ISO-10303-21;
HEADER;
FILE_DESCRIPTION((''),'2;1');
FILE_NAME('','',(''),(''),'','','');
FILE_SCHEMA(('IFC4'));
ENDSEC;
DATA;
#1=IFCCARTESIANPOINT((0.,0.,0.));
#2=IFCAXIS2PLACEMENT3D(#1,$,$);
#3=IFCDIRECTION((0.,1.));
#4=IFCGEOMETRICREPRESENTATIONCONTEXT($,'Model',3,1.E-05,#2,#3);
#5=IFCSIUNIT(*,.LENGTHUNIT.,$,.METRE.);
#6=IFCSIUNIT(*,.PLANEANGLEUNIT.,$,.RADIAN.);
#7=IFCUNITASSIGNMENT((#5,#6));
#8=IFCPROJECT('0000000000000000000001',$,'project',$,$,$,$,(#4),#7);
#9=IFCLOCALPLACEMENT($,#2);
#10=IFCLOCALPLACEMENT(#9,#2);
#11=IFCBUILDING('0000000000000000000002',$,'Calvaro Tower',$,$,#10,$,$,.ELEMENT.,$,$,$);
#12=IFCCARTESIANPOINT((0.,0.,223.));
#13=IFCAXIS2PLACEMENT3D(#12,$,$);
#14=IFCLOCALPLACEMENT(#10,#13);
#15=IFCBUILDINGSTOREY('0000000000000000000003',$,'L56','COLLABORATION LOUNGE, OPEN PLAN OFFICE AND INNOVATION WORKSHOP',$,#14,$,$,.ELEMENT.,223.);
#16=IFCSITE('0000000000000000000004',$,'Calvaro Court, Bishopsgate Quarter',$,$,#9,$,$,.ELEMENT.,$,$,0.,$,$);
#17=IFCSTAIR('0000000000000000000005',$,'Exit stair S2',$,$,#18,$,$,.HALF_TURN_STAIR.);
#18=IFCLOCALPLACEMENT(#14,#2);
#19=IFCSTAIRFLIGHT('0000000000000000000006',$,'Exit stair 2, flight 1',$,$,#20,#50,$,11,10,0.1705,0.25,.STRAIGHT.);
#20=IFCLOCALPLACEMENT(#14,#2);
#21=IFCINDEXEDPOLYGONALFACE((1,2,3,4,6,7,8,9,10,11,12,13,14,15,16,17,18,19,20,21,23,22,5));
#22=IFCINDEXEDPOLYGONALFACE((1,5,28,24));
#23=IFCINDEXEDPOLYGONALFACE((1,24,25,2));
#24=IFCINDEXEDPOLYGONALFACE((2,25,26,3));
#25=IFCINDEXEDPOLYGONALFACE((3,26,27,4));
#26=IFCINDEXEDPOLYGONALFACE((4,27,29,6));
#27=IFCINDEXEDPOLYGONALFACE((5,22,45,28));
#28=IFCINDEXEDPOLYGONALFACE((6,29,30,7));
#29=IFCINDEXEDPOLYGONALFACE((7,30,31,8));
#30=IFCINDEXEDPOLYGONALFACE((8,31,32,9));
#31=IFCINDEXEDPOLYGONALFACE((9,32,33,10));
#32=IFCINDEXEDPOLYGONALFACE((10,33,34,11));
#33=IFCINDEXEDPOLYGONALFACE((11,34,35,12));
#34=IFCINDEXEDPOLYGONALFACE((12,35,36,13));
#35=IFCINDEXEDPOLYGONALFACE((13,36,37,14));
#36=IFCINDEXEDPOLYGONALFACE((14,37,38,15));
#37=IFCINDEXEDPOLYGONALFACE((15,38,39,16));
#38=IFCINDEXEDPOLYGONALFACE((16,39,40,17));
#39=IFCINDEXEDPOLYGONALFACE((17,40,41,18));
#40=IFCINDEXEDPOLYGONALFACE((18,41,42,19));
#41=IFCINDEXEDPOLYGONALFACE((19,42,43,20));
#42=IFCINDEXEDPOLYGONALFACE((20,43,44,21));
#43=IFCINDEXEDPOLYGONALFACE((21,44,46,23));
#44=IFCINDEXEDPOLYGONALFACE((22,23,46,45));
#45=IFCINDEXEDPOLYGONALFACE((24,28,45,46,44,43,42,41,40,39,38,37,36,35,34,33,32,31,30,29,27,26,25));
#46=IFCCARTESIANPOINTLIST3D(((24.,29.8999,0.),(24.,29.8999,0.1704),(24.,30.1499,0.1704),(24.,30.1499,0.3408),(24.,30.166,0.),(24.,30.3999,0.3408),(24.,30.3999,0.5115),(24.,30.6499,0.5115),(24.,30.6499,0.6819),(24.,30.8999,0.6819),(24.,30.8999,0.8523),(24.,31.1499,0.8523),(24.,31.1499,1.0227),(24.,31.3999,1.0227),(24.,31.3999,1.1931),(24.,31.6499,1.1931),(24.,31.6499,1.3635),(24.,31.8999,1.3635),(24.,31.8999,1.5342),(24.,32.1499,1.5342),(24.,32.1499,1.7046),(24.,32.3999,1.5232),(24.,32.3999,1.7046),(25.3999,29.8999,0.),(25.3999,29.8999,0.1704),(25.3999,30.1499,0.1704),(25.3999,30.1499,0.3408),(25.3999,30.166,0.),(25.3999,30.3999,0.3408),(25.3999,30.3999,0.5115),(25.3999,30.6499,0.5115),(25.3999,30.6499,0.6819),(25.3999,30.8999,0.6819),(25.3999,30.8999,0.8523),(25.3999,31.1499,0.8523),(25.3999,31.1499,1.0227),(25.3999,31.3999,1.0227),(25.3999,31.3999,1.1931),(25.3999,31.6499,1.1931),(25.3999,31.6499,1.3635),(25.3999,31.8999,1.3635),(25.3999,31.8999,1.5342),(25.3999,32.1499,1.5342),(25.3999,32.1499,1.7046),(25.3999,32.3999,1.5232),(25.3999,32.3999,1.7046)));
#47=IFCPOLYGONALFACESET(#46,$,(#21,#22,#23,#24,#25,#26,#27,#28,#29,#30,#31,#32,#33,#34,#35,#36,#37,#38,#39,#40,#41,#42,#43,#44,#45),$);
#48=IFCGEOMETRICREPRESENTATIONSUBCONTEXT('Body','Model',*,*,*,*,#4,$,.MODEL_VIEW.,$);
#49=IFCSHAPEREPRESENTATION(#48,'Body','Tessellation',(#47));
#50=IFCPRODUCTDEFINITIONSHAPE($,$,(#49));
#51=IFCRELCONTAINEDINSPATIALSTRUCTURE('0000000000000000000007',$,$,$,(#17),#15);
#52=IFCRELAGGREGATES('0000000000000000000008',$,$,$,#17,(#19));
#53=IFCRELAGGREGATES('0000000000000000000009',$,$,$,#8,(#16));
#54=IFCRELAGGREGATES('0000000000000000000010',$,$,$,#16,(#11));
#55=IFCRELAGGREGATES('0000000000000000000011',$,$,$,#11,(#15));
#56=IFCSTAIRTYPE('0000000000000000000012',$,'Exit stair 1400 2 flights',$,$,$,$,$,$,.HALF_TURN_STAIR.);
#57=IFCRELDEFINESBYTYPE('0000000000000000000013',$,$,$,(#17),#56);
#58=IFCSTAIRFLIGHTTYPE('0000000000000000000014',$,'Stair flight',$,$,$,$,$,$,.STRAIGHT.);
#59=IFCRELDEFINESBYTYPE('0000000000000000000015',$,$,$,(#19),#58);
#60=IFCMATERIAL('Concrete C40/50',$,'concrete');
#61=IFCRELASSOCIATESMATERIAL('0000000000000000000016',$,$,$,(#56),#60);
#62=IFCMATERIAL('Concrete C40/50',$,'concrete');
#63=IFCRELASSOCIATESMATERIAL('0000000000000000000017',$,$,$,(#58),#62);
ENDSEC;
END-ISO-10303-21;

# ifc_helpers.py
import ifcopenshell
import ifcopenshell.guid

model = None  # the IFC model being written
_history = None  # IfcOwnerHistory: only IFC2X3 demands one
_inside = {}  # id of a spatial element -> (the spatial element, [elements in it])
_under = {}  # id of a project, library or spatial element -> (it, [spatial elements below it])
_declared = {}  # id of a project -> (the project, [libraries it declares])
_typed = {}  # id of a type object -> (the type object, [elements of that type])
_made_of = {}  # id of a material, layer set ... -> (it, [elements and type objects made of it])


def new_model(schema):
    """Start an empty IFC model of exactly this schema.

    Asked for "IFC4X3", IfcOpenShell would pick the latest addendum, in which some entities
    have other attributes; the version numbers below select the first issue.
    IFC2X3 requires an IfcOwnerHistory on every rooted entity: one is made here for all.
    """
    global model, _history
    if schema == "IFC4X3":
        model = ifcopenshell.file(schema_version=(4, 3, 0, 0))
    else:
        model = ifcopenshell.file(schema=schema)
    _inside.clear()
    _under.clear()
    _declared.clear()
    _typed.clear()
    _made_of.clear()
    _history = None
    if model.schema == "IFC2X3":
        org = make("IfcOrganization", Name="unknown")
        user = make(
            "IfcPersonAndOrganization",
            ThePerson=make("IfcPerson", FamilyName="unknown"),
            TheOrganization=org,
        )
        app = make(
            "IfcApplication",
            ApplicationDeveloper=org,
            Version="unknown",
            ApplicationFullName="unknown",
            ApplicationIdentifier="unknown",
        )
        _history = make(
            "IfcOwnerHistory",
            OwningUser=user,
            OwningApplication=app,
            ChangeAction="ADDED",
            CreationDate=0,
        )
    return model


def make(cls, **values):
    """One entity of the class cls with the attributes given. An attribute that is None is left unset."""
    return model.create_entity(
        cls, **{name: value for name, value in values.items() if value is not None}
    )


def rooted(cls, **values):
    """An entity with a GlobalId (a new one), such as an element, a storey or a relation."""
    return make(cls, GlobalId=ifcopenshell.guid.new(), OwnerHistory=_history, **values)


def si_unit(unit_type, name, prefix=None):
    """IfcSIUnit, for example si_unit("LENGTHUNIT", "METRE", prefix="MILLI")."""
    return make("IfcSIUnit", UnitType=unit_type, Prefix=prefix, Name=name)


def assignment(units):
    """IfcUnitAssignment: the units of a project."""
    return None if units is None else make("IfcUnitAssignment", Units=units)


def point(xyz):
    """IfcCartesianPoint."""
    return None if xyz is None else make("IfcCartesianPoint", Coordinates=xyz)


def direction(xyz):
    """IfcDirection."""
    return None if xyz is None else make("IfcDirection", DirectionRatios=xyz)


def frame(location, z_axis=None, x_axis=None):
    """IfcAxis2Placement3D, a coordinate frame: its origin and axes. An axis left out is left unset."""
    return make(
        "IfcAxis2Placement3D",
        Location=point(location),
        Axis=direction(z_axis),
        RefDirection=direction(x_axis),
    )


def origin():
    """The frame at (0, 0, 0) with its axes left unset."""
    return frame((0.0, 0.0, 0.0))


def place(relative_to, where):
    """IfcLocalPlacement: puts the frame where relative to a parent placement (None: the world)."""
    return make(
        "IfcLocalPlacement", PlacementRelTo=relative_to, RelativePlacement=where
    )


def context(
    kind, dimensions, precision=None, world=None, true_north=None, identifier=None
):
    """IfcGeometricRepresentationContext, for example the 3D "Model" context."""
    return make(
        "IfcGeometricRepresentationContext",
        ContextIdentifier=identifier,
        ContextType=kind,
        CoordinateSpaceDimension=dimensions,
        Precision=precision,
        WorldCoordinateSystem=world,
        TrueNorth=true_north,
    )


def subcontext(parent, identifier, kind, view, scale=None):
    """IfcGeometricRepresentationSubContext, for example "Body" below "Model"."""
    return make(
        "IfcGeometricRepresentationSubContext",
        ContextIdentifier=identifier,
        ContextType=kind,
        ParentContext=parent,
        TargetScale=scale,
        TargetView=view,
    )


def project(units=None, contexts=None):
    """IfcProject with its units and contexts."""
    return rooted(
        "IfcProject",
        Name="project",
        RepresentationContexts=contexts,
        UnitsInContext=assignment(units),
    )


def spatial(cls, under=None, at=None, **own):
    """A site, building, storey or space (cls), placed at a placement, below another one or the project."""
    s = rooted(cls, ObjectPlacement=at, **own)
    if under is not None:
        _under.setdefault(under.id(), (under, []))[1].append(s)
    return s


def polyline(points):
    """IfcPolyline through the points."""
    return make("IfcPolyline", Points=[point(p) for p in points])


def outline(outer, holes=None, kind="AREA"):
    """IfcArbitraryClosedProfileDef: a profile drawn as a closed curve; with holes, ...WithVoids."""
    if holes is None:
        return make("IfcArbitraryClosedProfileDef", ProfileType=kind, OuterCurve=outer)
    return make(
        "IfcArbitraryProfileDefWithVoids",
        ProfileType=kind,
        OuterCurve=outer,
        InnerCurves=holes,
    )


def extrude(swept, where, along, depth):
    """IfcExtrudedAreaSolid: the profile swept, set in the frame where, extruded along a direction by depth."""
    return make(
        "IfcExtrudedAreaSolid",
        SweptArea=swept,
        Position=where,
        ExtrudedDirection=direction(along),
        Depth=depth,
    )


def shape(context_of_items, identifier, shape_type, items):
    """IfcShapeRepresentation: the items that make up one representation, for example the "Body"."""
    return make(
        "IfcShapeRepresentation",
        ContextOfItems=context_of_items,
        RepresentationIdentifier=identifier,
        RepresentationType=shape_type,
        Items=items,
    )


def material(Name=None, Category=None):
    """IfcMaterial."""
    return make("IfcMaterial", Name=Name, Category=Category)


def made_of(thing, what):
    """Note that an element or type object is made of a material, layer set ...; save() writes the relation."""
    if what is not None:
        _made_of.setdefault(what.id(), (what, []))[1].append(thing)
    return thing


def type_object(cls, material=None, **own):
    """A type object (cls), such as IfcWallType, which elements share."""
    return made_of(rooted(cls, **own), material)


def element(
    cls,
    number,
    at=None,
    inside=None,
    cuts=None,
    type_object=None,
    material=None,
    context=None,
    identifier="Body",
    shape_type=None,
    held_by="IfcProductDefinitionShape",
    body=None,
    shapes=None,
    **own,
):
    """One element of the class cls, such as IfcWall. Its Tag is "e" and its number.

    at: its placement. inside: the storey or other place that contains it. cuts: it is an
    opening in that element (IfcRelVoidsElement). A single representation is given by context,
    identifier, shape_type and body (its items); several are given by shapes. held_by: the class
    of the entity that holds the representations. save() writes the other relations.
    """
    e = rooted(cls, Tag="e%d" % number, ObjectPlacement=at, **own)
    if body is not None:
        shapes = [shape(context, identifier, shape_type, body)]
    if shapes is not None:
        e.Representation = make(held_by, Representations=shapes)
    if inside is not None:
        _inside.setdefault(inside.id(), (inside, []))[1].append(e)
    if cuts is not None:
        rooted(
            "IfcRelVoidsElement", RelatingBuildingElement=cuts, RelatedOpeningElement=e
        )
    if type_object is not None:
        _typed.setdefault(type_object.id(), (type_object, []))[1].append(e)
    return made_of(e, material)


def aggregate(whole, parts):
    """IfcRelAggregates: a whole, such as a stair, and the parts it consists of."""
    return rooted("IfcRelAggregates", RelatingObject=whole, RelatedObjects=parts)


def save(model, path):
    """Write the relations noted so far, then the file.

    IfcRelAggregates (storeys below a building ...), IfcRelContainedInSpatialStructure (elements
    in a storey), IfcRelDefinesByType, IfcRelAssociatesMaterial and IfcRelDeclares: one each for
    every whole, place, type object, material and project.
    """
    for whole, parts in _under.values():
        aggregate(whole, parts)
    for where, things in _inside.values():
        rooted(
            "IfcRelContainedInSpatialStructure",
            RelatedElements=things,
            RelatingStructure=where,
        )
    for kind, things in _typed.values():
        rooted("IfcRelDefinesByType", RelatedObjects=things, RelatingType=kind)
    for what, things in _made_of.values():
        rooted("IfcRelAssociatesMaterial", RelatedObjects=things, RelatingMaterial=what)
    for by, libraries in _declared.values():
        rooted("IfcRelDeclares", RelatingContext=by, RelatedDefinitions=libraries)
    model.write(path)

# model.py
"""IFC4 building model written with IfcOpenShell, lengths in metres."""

from ifc_helpers import new_model, si_unit, direction, frame, origin, place, context, subcontext, project, spatial, polyline, outline, extrude, material, type_object, element, aggregate, save


model = new_model("IFC4")

# Units and contexts
model_context = context("Model", 3, precision=1e-05, world=origin(), true_north=direction((0.0, 1.0)))
body_context = subcontext(model_context, "Body", "Model", "MODEL_VIEW")
ifc_project = project(units=[si_unit("LENGTHUNIT", "METRE"), si_unit("PLANEANGLEUNIT", "RADIAN")], contexts=[model_context])

# Site, building, storey
site_placement = place(None, origin())
site = spatial("IfcSite", under=ifc_project, at=site_placement, Name="Calvaro Court, Bishopsgate Quarter", CompositionType="ELEMENT", RefElevation=0.0)
building_placement = place(site_placement, origin())
building = spatial("IfcBuilding", under=site, at=building_placement, Name="Calvaro Tower", CompositionType="ELEMENT")
storey_placement = place(building_placement, frame((0.0, 0.0, 223.0)))
storey = spatial("IfcBuildingStorey", under=building, at=storey_placement, Name="L56", Description="COLLABORATION LOUNGE, OPEN PLAN OFFICE AND INNOVATION WORKSHOP", CompositionType="ELEMENT", Elevation=223.0)

# Stair, stair flight
ifc_material_1 = material(Name="Concrete C40/50", Category="concrete")
stair_type = type_object("IfcStairType", Name="Exit stair 1400 2 flights", PredefinedType="HALF_TURN_STAIR", material=ifc_material_1)
stair_placement = place(storey_placement, origin())
stair = element("IfcStair", 1, at=stair_placement, inside=storey, type_object=stair_type, Name="Exit stair S2", PredefinedType="HALF_TURN_STAIR")
ifc_material_2 = material(Name="Concrete C40/50", Category="concrete")
stair_flight_type = type_object("IfcStairFlightType", Name="Stair flight", PredefinedType="STRAIGHT", material=ifc_material_2)
stair_flight_placement = place(storey_placement, frame((24.7, 29.8999, 0.0), z_axis=(0.0, 0.0, 1.0), x_axis=(0.0, 1.0, 0.0)))
stair_flight = element("IfcStairFlight", 2, at=stair_flight_placement, type_object=stair_flight_type, Name="Exit stair 2, flight 1", NumberOfRisers=11, NumberOfTreads=10, PredefinedType="STRAIGHT", RiserHeight=0.1705, TreadLength=0.25, context=body_context, shape_type="SweptSolid", body=[
    extrude(outline(polyline([(0.0, 0.0), (0.0, 0.1704), (0.25, 0.1704), (0.25, 0.3408), (0.5, 0.3408), (0.5, 0.5115), (0.75, 0.5115), (0.75, 0.6819), (1.0, 0.6819), (1.0, 0.8523), (1.25, 0.8523), (1.25, 1.0227), (1.5, 1.0227), (1.5, 1.1931), (1.75, 1.1931), (1.75, 1.3635), (2.0, 1.3635), (2.0, 1.5342), (2.25, 1.5342), (2.25, 1.7046), (2.5, 1.7046), (2.5, 1.875), (2.5, 1.5232), (0.2661, 0.0), (0.0, 0.0)])), frame((0.0, 0.7, 0.0), z_axis=(0.0, -1.0, 0.0), x_axis=(1.0, 0.0, 0.0)), (0.0, 0.0, 1.0), 1.3999),
])
aggregate(stair, [stair_flight])

save(model, "model.ifc")
